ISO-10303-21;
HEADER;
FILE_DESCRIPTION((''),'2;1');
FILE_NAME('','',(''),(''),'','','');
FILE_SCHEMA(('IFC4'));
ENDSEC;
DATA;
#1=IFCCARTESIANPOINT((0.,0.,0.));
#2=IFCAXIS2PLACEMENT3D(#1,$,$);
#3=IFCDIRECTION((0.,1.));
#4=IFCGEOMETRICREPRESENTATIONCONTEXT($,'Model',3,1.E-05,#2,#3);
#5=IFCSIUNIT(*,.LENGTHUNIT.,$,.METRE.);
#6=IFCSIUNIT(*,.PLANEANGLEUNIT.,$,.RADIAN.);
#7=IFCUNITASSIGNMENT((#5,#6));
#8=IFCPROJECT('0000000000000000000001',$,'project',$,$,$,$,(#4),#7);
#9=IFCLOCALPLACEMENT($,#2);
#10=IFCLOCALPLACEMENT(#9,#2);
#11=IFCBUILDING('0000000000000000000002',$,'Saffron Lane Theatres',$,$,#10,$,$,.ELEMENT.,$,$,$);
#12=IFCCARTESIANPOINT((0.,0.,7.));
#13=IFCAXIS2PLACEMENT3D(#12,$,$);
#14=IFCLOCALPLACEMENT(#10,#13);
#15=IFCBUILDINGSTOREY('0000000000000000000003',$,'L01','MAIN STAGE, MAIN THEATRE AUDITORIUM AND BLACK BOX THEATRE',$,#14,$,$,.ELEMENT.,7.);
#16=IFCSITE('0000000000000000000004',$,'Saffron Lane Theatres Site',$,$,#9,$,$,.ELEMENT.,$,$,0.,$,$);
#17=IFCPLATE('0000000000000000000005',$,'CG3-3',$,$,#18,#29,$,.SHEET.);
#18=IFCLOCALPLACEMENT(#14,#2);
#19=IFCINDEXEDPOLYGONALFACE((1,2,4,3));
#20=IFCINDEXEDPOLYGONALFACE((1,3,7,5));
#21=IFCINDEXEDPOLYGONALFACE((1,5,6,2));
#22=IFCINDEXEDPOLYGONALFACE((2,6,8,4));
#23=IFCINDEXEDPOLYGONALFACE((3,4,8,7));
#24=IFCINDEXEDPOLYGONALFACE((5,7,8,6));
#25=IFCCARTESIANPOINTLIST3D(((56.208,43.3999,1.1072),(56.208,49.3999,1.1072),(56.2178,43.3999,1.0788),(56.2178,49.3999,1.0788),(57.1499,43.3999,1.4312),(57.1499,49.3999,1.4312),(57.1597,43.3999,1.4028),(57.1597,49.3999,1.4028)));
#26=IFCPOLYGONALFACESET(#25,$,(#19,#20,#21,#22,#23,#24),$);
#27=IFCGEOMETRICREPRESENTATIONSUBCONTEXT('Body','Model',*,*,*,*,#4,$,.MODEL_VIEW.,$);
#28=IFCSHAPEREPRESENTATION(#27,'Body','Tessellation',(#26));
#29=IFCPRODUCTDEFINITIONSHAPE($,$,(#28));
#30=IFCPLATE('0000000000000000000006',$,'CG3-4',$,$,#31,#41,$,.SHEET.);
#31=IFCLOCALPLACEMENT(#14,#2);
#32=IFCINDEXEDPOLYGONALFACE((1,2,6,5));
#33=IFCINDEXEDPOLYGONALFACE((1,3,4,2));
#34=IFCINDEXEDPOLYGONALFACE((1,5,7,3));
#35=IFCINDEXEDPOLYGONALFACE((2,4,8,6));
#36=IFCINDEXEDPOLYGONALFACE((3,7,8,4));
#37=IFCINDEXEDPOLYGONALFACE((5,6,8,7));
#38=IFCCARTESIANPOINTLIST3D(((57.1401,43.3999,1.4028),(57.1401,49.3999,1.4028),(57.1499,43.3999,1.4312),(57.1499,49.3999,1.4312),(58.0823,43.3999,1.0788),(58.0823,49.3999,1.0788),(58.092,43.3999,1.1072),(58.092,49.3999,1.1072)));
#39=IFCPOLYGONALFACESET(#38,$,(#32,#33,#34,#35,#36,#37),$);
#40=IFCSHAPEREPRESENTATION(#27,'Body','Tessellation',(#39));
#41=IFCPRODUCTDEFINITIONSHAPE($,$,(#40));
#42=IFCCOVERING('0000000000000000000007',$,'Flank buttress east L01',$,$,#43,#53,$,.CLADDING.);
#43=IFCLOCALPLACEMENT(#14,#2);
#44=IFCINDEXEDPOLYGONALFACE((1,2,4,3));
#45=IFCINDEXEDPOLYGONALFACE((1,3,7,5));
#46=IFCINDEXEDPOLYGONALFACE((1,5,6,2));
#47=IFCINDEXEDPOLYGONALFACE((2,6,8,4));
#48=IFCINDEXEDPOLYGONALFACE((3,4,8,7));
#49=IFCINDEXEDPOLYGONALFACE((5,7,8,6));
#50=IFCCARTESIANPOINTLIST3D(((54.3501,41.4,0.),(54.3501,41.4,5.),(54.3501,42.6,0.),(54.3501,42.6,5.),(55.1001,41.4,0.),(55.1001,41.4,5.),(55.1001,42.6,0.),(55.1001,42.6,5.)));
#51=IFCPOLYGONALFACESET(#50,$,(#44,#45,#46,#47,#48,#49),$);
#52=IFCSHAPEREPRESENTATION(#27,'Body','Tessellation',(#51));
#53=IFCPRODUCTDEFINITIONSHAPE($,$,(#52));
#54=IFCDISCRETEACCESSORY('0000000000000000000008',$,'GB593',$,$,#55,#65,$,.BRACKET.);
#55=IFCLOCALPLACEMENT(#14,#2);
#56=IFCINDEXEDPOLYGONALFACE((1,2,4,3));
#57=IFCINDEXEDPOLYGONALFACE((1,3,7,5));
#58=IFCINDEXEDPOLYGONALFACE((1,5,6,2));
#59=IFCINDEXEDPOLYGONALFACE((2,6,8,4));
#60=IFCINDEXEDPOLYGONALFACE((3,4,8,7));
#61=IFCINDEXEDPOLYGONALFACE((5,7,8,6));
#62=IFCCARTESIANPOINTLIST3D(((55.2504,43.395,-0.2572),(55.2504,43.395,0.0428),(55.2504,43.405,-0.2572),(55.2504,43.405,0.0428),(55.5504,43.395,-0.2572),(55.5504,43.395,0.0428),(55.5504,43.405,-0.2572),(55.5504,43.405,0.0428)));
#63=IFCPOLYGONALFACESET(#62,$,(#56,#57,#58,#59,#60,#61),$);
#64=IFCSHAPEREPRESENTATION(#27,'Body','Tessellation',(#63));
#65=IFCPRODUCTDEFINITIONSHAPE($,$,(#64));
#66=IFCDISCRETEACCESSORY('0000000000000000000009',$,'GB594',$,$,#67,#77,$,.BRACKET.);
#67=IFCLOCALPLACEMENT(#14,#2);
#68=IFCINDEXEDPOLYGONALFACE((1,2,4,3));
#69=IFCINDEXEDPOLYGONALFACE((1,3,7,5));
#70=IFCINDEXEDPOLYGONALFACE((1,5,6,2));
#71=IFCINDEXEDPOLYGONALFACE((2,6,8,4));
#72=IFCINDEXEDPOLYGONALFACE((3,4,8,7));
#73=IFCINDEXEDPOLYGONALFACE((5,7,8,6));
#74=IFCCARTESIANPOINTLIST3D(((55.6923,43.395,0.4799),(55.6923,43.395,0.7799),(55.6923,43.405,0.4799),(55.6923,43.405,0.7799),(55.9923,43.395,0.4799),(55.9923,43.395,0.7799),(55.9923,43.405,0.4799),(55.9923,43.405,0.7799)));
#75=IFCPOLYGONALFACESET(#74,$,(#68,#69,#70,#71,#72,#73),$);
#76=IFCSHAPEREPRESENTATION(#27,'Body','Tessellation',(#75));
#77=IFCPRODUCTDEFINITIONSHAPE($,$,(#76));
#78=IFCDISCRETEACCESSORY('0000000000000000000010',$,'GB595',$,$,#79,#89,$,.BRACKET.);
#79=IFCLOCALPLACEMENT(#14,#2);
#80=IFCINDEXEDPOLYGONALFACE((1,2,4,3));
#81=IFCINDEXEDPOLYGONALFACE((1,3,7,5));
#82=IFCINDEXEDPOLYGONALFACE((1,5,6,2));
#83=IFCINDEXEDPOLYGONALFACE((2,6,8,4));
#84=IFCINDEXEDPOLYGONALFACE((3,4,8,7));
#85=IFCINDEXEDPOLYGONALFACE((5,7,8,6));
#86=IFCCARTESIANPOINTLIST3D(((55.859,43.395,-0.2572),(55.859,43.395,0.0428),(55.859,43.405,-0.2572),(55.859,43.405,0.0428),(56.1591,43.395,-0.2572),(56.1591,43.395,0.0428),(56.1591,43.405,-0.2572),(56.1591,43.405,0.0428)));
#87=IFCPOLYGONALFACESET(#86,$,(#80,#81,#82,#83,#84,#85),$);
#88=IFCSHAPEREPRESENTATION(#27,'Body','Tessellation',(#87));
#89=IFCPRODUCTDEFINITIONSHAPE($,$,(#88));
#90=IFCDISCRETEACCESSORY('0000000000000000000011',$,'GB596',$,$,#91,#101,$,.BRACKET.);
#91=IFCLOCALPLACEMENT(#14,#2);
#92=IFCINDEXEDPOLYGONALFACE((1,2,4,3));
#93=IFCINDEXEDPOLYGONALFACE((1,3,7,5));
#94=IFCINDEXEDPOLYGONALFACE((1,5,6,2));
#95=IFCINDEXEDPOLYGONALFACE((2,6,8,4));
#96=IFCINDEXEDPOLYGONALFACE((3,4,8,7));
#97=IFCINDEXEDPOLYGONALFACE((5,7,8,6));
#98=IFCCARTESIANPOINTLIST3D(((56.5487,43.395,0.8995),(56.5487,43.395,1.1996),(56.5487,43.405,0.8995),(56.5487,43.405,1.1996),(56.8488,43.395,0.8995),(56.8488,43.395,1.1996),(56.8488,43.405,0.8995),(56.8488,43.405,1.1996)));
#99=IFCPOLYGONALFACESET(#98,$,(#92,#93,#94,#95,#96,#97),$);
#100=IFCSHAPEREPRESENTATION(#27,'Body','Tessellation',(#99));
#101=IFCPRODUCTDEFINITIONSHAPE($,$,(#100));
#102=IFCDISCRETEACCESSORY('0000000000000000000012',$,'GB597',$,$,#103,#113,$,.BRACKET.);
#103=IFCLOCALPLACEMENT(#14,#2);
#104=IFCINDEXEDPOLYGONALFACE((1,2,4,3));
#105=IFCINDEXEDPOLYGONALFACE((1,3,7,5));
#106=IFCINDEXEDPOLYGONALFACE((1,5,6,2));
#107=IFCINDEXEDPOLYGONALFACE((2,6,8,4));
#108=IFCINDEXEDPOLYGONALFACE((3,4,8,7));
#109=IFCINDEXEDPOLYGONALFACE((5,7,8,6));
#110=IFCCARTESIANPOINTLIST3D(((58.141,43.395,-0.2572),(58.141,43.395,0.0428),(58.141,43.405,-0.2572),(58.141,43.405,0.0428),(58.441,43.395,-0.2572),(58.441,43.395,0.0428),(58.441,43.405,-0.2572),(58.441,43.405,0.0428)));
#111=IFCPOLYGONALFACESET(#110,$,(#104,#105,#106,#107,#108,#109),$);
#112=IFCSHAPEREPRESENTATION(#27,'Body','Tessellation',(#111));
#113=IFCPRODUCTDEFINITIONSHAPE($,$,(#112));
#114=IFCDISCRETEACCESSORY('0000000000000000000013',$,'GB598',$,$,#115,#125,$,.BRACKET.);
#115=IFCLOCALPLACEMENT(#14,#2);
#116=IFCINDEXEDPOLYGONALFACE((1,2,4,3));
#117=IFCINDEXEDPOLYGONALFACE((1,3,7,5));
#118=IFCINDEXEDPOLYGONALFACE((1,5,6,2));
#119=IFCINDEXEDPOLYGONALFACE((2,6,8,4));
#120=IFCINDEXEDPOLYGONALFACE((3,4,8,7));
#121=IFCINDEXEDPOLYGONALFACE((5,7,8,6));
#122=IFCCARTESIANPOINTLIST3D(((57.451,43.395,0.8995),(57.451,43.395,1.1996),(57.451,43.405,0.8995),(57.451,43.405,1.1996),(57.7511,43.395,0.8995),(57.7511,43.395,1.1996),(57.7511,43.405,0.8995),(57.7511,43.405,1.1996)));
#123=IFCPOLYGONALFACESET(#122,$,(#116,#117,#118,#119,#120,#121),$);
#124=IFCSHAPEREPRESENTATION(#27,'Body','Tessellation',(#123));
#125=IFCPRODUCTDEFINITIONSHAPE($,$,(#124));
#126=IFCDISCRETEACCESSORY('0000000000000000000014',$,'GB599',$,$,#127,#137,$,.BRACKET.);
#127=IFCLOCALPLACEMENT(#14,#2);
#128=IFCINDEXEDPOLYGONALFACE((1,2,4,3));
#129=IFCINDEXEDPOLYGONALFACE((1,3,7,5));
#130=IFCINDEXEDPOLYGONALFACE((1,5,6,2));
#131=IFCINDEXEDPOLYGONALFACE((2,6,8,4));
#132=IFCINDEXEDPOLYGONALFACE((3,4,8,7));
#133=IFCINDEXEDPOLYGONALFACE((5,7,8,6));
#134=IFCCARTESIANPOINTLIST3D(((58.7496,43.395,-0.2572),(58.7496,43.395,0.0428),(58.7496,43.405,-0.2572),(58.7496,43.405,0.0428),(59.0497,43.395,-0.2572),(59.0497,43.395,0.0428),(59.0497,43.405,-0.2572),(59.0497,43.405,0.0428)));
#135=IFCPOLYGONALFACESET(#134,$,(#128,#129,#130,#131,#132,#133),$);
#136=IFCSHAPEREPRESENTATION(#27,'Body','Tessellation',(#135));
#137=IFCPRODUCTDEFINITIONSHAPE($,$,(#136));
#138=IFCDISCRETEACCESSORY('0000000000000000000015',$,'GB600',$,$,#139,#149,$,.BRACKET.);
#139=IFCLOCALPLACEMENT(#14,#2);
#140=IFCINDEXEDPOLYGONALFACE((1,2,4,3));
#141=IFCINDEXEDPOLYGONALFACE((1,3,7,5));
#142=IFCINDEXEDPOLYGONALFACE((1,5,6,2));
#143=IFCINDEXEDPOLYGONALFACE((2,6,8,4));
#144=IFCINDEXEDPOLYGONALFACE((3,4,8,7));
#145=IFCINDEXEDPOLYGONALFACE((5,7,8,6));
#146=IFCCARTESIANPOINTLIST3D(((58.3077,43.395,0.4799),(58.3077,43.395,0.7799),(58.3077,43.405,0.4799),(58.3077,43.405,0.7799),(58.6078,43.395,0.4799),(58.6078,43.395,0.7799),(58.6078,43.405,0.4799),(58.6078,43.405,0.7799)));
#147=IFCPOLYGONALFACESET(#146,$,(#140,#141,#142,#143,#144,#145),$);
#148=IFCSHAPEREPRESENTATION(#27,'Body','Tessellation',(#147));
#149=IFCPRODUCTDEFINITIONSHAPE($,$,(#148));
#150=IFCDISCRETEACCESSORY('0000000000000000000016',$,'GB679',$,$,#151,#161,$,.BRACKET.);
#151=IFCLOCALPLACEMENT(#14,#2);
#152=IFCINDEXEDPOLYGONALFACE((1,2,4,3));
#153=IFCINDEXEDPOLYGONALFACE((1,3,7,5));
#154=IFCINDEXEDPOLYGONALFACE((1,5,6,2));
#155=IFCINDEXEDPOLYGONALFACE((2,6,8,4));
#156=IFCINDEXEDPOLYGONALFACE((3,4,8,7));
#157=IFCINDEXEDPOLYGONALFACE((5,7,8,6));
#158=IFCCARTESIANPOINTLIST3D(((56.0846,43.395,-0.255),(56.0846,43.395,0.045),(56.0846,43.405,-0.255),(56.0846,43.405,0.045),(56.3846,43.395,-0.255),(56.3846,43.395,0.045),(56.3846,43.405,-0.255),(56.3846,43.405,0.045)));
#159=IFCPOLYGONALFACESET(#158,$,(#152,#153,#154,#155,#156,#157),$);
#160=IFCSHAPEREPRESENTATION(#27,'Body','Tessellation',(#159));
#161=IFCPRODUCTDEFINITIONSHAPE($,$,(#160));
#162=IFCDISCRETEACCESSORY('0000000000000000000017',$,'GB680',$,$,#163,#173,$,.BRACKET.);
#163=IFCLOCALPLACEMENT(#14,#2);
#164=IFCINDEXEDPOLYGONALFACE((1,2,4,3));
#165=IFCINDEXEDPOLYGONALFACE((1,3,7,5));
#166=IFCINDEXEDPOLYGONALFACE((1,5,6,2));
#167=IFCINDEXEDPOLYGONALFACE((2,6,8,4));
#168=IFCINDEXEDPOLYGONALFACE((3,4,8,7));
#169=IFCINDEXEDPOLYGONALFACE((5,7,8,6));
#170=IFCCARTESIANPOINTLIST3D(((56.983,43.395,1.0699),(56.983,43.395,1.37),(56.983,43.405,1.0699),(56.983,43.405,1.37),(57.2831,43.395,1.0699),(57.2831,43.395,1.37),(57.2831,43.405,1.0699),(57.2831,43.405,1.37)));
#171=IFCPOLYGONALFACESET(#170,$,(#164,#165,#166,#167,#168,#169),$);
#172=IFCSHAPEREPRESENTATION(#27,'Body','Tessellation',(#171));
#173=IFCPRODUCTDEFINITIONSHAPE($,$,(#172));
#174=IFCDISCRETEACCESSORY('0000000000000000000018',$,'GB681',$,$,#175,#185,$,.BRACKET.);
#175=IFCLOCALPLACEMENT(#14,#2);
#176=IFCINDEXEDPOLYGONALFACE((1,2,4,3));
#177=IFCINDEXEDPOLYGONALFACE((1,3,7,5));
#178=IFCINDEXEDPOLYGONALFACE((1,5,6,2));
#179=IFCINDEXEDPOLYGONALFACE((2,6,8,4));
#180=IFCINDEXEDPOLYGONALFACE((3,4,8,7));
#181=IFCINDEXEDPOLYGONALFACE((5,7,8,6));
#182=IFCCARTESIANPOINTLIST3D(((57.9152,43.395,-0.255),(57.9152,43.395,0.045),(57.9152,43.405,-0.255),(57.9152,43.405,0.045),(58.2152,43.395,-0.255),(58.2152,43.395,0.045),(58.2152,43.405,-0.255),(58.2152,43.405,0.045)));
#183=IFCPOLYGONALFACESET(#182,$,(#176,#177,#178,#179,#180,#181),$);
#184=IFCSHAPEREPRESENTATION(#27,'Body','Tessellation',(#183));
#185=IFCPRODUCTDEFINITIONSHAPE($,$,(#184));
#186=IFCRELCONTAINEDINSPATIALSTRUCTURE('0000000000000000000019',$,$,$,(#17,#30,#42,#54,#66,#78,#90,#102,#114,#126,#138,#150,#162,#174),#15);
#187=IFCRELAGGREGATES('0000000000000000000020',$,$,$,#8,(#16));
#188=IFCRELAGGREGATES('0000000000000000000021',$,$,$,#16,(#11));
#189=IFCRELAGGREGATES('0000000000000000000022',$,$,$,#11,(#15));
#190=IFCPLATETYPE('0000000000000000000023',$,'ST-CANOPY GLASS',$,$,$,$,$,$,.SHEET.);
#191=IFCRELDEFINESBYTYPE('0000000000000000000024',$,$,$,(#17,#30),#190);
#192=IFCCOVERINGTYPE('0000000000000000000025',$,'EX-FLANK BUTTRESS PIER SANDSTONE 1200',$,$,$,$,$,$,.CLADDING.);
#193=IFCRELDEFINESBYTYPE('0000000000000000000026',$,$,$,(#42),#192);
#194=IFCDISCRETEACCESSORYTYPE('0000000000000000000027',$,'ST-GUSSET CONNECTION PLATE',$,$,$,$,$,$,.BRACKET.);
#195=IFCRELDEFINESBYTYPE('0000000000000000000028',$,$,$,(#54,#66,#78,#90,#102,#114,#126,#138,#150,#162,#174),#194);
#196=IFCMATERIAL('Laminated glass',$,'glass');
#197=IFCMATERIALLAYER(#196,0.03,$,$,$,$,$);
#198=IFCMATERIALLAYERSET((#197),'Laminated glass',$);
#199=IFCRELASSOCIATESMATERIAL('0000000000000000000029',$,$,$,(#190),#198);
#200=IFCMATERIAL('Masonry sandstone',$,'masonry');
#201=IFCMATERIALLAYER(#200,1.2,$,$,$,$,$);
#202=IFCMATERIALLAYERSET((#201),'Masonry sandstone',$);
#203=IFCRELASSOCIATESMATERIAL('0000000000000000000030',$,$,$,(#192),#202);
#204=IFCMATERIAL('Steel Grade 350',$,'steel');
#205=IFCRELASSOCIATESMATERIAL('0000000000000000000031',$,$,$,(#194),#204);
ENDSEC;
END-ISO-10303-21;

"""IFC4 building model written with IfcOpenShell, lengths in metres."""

from ifc_helpers import new_model, si_unit, direction, frame, origin, origin_2d, place, context, subcontext, project, spatial, polyline, rectangle, outline, extrude, material, layer, layer_set, material_profile, profile_set, type_object, element, save


model = new_model("IFC4")

# Units and contexts
model_context = context("Model", 3, precision=1e-05, world=origin(), true_north=direction((0.0, 1.0)))
body_context = subcontext(model_context, "Body", "Model", "MODEL_VIEW")
ifc_project = project(units=[si_unit("LENGTHUNIT", "METRE"), si_unit("PLANEANGLEUNIT", "RADIAN")], contexts=[model_context])

# Site, building, storey
site_placement = place(None, origin())
site = spatial("IfcSite", under=ifc_project, at=site_placement, Name="Saffron Lane Theatres Site", CompositionType="ELEMENT", RefElevation=0.0)
building_placement = place(site_placement, origin())
building = spatial("IfcBuilding", under=site, at=building_placement, Name="Saffron Lane Theatres", CompositionType="ELEMENT")
storey_placement = place(building_placement, frame((0.0, 0.0, 7.0)))
storey = spatial("IfcBuildingStorey", under=building, at=storey_placement, Name="L01", Description="MAIN STAGE, MAIN THEATRE AUDITORIUM AND BLACK BOX THEATRE", CompositionType="ELEMENT", Elevation=7.0)

# Plates
ifc_material_1 = material(Name="Laminated glass", Category="glass")
ifc_layer_1 = layer(ifc_material_1, 0.03)
ifc_layer_set_1 = layer_set([ifc_layer_1], Name="Laminated glass")
plate_type = type_object("IfcPlateType", Name="ST-CANOPY GLASS", PredefinedType="SHEET", material=ifc_layer_set_1)
plate_1_placement = place(storey_placement, frame((56.208, 43.3999, 1.1072), z_axis=(-0.325258, 0.0, 0.945625), x_axis=(0.945625, 0.0, 0.325258)))
element("IfcPlate", 1, at=plate_1_placement, inside=storey, type_object=plate_type, Name="CG3-3", PredefinedType="SHEET", context=body_context, shape_type="SweptSolid", body=[
    extrude(outline(polyline([(0.0, 0.0), (0.9961, 0.0), (0.9961, 6.0), (0.0, 6.0), (0.0, 0.0)])), origin(), (0.0, 0.0, -1.0), 0.03),
])
plate_2_placement = place(storey_placement, frame((57.1499, 43.3999, 1.4312), z_axis=(0.325182, 0.0, 0.945651), x_axis=(0.945651, 0.0, -0.325182)))
element("IfcPlate", 2, at=plate_2_placement, inside=storey, type_object=plate_type, Name="CG3-4", PredefinedType="SHEET", context=body_context, shape_type="SweptSolid", body=[
    extrude(outline(polyline([(0.0, 0.0), (0.9963, 0.0), (0.9963, 6.0), (0.0, 6.0), (0.0, 0.0)])), origin(), (0.0, 0.0, -1.0), 0.03),
])

# Covering
ifc_material_2 = material(Name="Masonry sandstone", Category="masonry")
ifc_layer_2 = layer(ifc_material_2, 1.2)
ifc_layer_set_2 = layer_set([ifc_layer_2], Name="Masonry sandstone")
covering_type = type_object("IfcCoveringType", Name="EX-FLANK BUTTRESS PIER SANDSTONE 1200", PredefinedType="CLADDING", material=ifc_layer_set_2)
covering_placement = place(storey_placement, frame((54.7251, 42.0, 0.0), z_axis=(0.0, 0.0, 1.0), x_axis=(0.0, 1.0, 0.0)))
element("IfcCovering", 3, at=covering_placement, inside=storey, type_object=covering_type, Name="Flank buttress east L01", PredefinedType="CLADDING", context=body_context, shape_type="SweptSolid", body=[
    extrude(rectangle(XDim=1.2, YDim=0.75, at=origin_2d()), origin(), (0.0, 0.0, 1.0), 5.0),
])

# Discrete accessories
ifc_material_3 = material(Name="Steel Grade 350", Category="steel")
ifc_material_profile_1 = material_profile(ifc_material_3, rectangle(XDim=0.3, YDim=0.3, at=origin_2d()))
ifc_profile_set_1 = profile_set([ifc_material_profile_1], Name="Steel Grade 350")
discrete_accessory_type = type_object("IfcDiscreteAccessoryType", Name="ST-GUSSET CONNECTION PLATE", PredefinedType="BRACKET", material=ifc_profile_set_1)
for number, where, z_axis, x_axis, name in (
    (4, (55.4004, 43.395, -0.1072), (0.0, 1.0, 0.0), (-1.0, 0.0, 0.0), "GB593"),
    (5, (55.8423, 43.395, 0.6299), (0.0, 1.0, 0.0), (-1.0, 0.0, 0.0), "GB594"),
    (6, (56.009, 43.395, -0.1072), (0.0, 1.0, 0.0), (-1.0, 0.0, 0.0), "GB595"),
    (7, (56.6987, 43.395, 1.0496), (0.0, 1.0, 0.0), (-1.0, 0.0, 0.0), "GB596"),
    (8, (58.291, 43.395, -0.1072), (0.0, 1.0, 0.0), (-1.0, 0.0, 0.0), "GB597"),
    (9, (57.6011, 43.395, 1.0496), (0.0, 1.0, 0.0), (-1.0, 0.0, 0.0), "GB598"),
    (10, (58.8997, 43.395, -0.1072), (0.0, 1.0, 0.0), (-1.0, 0.0, 0.0), "GB599"),
    (11, (58.4578, 43.395, 0.6299), (0.0, 1.0, 0.0), (-1.0, 0.0, 0.0), "GB600"),
    (12, (56.2346, 43.395, -0.105), (0.0, 1.0, 0.0), (-1.0, 0.0, 0.0), "GB679"),
    (13, (57.1331, 43.395, 1.22), (0.0, 1.0, 0.0), (-1.0, 0.0, 0.0), "GB680"),
    (14, (58.0652, 43.395, -0.105), (0.0, 1.0, 0.0), (-1.0, 0.0, 0.0), "GB681"),
):
    element("IfcDiscreteAccessory", number, at=place(storey_placement, frame(where, z_axis=z_axis, x_axis=x_axis)), inside=storey, type_object=discrete_accessory_type, Name=name, PredefinedType="BRACKET", context=body_context, shape_type="SweptSolid", body=[
        extrude(rectangle(XDim=0.3, YDim=0.3, at=origin_2d()), origin(), (0.0, 0.0, 1.0), 0.01),
    ])

save(model, "model.ifc")
